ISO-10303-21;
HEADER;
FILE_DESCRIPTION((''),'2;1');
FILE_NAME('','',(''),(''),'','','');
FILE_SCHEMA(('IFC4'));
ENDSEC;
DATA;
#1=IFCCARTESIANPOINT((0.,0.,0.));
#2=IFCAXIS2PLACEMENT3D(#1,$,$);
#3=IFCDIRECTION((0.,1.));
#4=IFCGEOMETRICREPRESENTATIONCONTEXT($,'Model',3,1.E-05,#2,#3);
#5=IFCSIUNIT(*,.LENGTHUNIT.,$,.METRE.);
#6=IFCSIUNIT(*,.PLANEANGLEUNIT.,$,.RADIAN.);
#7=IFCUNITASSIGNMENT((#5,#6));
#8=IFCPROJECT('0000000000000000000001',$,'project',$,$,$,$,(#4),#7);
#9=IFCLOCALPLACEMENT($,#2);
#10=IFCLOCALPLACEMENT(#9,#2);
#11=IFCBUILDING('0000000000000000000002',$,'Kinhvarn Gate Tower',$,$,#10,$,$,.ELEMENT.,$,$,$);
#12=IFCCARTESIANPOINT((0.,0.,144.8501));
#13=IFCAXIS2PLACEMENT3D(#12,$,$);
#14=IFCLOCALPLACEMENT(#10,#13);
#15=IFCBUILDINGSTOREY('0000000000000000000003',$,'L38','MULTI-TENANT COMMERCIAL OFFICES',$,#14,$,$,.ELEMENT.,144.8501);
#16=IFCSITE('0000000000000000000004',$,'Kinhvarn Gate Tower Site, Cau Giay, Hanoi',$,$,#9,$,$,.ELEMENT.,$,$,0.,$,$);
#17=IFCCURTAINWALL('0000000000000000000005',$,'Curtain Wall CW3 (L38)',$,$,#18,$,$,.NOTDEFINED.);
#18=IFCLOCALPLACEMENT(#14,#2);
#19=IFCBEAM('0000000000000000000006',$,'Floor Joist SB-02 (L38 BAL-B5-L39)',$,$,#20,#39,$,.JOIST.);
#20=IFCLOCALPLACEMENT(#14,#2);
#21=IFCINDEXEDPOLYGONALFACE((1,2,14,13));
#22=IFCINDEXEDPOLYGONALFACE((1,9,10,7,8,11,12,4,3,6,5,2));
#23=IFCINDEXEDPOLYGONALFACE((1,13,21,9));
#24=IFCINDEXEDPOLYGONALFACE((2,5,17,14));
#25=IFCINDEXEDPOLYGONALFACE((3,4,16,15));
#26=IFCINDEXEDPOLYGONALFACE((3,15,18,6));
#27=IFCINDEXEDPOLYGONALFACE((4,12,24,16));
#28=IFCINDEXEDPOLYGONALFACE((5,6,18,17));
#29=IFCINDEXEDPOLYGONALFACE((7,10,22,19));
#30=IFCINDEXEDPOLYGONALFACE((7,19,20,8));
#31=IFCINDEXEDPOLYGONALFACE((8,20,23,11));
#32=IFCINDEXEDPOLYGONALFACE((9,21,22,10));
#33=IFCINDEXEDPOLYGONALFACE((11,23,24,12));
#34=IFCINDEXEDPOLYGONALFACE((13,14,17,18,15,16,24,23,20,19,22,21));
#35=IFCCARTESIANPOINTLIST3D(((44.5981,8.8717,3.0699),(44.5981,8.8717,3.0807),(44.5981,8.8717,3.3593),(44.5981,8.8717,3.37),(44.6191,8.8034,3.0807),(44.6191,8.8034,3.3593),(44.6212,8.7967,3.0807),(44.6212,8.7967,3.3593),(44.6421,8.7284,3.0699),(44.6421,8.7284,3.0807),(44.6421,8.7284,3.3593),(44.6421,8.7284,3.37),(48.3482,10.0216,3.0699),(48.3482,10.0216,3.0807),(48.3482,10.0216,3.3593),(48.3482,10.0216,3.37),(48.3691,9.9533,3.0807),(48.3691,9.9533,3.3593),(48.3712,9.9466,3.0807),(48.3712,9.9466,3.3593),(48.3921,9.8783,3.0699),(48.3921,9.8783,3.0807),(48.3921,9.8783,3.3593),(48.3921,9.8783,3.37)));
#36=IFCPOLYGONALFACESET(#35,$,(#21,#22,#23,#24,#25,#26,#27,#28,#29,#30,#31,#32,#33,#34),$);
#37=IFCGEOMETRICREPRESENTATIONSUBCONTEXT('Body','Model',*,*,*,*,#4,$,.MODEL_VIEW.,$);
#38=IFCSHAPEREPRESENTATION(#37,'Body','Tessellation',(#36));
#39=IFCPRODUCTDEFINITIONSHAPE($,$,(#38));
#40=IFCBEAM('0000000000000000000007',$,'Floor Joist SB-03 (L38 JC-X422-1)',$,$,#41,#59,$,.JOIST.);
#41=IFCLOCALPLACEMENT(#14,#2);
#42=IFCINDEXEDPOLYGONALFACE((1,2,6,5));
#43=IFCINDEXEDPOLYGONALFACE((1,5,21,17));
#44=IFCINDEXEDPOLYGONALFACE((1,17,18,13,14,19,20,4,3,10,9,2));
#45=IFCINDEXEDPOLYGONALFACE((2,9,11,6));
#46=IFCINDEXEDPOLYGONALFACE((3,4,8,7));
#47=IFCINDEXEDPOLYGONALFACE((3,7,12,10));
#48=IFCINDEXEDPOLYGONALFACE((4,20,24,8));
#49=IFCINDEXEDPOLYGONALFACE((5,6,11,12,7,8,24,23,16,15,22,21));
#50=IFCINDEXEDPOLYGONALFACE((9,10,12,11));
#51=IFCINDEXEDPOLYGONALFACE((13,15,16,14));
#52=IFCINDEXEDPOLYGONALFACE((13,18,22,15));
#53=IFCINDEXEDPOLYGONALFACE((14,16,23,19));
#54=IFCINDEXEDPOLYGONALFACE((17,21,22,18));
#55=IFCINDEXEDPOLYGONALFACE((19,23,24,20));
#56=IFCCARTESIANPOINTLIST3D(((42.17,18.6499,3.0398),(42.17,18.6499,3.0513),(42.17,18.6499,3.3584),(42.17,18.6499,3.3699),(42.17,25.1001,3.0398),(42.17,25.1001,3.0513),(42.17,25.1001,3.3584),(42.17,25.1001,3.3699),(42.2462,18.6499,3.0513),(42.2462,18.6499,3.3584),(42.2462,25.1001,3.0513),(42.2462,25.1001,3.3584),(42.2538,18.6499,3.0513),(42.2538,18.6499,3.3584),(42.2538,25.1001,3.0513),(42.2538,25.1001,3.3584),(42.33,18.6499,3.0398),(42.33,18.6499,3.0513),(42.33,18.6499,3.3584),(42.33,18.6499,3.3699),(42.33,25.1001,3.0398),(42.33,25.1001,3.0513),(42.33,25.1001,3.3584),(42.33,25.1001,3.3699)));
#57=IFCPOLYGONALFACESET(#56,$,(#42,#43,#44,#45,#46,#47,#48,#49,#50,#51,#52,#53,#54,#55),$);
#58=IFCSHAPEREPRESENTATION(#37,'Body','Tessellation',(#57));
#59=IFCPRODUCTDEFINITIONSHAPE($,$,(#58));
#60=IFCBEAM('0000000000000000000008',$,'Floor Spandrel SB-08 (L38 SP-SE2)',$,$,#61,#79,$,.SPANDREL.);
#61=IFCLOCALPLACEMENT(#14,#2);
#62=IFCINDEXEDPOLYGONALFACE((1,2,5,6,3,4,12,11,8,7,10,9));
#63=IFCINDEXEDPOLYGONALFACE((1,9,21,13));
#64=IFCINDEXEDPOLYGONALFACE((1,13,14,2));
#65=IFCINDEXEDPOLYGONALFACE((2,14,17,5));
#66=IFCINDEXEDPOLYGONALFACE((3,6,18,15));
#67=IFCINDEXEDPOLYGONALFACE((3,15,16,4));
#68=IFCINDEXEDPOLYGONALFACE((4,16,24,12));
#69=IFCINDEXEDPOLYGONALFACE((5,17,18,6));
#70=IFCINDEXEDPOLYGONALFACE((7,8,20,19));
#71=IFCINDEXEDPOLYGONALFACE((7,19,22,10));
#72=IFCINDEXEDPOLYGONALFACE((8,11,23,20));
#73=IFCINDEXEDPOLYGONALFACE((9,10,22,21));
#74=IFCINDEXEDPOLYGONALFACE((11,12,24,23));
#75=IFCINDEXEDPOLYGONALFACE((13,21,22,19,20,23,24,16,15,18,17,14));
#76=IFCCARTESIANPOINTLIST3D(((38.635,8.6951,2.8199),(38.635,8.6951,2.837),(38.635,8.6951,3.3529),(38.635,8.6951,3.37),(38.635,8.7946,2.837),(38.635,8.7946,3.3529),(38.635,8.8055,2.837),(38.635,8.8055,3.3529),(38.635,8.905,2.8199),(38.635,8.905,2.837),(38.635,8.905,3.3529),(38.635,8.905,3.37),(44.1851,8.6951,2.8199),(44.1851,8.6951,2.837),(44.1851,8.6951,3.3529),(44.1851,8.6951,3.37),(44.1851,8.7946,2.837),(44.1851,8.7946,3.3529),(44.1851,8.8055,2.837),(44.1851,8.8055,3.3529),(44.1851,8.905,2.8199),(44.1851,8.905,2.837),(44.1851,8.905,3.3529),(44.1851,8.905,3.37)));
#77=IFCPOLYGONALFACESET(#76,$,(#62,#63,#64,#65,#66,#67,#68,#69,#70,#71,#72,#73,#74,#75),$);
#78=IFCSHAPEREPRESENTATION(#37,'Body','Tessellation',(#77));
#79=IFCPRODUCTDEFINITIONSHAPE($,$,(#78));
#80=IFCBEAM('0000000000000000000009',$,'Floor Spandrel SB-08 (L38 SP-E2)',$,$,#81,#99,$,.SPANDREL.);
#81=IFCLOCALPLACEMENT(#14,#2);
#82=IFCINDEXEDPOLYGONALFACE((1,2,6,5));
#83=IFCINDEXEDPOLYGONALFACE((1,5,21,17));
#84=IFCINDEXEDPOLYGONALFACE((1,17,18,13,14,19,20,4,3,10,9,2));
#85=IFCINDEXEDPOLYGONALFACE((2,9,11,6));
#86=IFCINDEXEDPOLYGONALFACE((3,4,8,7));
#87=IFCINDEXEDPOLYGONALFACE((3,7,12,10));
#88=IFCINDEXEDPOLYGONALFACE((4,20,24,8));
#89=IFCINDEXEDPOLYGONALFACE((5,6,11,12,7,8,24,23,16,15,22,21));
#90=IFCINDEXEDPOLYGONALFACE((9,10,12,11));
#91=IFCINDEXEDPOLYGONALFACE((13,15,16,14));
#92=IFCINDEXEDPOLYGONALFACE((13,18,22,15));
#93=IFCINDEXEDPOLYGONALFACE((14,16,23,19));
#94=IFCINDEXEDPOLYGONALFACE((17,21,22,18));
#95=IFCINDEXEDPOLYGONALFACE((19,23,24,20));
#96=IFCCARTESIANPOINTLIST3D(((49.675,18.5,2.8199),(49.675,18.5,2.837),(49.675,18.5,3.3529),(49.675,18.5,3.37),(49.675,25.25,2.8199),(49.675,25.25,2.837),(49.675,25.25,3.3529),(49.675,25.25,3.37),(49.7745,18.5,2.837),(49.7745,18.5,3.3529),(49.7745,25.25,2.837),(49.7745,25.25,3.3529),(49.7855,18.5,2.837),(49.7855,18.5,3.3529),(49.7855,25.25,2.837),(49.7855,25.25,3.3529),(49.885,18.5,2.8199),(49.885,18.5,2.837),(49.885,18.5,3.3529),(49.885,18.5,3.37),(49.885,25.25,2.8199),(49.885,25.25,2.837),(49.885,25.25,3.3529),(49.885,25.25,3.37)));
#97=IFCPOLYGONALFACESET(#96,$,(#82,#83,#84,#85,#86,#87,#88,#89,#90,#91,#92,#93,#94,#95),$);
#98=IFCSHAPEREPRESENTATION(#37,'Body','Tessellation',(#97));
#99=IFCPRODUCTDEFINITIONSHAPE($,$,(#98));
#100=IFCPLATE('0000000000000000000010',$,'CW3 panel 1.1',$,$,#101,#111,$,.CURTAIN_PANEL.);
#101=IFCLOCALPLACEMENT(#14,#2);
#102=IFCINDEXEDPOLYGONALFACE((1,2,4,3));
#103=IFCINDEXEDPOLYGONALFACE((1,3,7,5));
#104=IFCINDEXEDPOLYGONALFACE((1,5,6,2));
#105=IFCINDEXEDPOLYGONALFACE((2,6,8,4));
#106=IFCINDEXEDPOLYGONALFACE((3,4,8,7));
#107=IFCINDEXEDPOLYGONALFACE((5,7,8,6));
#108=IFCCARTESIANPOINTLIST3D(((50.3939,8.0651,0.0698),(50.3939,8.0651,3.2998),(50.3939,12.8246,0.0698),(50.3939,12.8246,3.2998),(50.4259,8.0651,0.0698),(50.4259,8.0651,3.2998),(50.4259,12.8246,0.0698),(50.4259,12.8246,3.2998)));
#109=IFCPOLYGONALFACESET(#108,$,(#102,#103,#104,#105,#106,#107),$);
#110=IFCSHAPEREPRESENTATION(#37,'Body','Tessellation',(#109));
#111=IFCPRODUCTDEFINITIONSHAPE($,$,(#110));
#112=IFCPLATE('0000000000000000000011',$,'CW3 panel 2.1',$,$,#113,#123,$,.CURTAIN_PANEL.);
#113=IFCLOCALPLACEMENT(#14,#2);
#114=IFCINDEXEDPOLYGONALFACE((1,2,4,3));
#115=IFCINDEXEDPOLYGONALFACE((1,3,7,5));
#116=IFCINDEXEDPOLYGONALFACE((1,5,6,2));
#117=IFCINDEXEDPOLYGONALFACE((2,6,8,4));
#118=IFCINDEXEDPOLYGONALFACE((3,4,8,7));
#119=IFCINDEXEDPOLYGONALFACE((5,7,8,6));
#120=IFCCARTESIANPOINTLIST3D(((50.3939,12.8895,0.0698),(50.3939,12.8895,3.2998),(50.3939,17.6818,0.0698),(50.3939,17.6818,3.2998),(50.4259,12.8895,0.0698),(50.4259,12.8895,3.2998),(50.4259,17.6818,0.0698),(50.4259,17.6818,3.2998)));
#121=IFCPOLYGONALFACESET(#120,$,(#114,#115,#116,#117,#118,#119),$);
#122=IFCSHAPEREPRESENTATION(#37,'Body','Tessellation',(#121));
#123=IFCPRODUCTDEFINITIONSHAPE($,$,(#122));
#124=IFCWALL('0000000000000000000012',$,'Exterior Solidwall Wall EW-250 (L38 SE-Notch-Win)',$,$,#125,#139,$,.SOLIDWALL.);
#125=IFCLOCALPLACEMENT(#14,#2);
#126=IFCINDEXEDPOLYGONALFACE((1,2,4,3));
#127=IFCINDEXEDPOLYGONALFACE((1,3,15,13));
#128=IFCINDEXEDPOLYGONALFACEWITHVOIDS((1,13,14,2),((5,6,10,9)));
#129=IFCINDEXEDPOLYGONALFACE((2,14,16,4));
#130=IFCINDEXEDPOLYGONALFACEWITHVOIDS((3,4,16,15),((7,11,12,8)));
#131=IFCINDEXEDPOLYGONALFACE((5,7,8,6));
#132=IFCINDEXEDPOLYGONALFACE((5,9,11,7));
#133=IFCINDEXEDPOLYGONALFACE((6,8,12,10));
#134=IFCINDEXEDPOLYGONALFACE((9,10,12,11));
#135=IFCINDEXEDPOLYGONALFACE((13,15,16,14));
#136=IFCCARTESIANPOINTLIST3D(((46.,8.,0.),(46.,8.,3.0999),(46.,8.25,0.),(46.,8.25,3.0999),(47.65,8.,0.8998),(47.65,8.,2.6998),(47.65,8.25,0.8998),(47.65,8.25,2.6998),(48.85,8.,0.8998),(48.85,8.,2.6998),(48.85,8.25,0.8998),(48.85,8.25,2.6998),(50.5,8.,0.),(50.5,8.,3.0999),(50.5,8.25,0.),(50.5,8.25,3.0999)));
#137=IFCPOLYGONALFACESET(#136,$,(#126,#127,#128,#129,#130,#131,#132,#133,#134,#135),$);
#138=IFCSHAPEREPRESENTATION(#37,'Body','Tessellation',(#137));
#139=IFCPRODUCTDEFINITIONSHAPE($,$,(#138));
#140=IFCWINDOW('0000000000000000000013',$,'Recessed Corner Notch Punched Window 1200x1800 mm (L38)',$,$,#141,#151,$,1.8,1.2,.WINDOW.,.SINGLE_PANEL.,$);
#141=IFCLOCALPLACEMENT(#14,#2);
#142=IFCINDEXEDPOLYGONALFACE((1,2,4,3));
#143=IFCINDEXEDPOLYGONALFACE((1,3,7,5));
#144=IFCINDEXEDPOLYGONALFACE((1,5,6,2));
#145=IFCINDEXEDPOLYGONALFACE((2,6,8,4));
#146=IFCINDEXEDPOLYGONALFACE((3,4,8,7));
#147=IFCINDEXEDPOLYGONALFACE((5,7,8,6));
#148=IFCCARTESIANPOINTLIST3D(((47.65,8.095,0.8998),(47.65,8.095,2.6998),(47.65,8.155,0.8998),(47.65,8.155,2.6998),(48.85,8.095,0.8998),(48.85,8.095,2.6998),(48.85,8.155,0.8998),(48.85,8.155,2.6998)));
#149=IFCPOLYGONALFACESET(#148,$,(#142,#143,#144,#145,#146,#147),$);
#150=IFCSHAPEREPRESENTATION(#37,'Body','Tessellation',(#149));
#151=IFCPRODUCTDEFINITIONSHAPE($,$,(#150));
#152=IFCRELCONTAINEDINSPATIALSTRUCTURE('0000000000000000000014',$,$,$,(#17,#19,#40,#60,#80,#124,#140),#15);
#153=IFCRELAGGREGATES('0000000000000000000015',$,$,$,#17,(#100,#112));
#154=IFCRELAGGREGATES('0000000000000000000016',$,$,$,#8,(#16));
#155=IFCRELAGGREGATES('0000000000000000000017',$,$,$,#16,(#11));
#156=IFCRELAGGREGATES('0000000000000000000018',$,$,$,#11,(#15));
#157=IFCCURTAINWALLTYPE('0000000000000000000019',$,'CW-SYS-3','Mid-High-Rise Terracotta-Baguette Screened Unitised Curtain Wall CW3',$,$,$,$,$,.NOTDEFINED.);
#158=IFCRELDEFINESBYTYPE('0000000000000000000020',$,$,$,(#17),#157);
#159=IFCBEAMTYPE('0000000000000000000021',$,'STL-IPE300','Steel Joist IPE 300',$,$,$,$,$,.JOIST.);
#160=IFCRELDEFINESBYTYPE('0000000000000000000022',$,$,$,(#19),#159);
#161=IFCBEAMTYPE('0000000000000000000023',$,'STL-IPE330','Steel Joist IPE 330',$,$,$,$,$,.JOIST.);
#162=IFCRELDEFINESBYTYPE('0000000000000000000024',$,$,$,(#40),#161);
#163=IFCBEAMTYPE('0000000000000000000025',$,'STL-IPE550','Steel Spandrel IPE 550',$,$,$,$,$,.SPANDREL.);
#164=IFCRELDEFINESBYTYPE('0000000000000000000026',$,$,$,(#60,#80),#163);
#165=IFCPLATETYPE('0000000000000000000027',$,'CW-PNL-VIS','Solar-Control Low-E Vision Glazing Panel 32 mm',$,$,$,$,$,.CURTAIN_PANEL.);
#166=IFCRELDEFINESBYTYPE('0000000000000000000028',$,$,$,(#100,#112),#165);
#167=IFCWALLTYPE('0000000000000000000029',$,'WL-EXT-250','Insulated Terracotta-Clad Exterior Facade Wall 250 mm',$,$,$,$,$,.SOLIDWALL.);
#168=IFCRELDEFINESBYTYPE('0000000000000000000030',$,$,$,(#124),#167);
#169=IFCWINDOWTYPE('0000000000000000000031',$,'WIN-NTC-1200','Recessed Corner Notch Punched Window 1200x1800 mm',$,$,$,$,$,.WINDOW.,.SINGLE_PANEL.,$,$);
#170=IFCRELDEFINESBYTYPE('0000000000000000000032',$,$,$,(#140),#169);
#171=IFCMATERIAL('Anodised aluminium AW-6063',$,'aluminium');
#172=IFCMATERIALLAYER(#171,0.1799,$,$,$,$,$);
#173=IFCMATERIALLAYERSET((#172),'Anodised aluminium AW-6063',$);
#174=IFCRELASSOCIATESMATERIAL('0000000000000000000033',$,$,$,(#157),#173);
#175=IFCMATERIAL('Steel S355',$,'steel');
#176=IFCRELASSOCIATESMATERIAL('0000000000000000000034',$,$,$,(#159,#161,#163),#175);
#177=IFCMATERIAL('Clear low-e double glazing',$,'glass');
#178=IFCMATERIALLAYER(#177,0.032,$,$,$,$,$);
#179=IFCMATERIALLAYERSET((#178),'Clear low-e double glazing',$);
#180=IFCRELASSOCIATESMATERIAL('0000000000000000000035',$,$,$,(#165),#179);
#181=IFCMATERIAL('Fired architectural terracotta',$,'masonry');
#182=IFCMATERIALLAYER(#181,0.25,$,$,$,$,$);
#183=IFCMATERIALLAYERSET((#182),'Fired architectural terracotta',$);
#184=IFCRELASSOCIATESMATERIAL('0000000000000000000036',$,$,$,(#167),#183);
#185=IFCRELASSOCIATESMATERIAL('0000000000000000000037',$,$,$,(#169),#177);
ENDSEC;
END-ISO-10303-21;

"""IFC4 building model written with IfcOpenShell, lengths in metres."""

from ifc_helpers import new_model, si_unit, direction, frame, frame_2d, origin, origin_2d, place, context, subcontext, project, spatial, rectangle, i_section, extrude, material, layer, layer_set, material_profile, profile_set, type_object, element, fill, aggregate, save


model = new_model("IFC4")

# Units and contexts
model_context = context("Model", 3, precision=1e-05, world=origin(), true_north=direction((0.0, 1.0)))
body_context = subcontext(model_context, "Body", "Model", "MODEL_VIEW")
ifc_project = project(units=[si_unit("LENGTHUNIT", "METRE"), si_unit("PLANEANGLEUNIT", "RADIAN")], contexts=[model_context])

# Site, building, storey
site_placement = place(None, origin())
site = spatial("IfcSite", under=ifc_project, at=site_placement, Name="Kinhvarn Gate Tower Site, Cau Giay, Hanoi", CompositionType="ELEMENT", RefElevation=0.0)
building_placement = place(site_placement, origin())
building = spatial("IfcBuilding", under=site, at=building_placement, Name="Kinhvarn Gate Tower", CompositionType="ELEMENT")
storey_placement = place(building_placement, frame((0.0, 0.0, 144.8501)))
storey = spatial("IfcBuildingStorey", under=building, at=storey_placement, Name="L38", Description="MULTI-TENANT COMMERCIAL OFFICES", CompositionType="ELEMENT", Elevation=144.8501)

# Curtain wall
ifc_material_1 = material(Name="Anodised aluminium AW-6063", Category="aluminium")
ifc_layer_1 = layer(ifc_material_1, 0.1799)
ifc_layer_set_1 = layer_set([ifc_layer_1], Name="Anodised aluminium AW-6063")
curtain_wall_type = type_object("IfcCurtainWallType", Name="CW-SYS-3", Description="Mid-High-Rise Terracotta-Baguette Screened Unitised Curtain Wall CW3", PredefinedType="NOTDEFINED", material=ifc_layer_set_1)
curtain_wall_placement = place(storey_placement, origin())
curtain_wall = element("IfcCurtainWall", 1, at=curtain_wall_placement, inside=storey, type_object=curtain_wall_type, Name="Curtain Wall CW3 (L38)", PredefinedType="NOTDEFINED")

# Beams
ifc_material_2 = material(Name="Steel S355", Category="steel")
ifc_material_profile_1 = material_profile(ifc_material_2, i_section(OverallWidth=0.1499, OverallDepth=0.3, WebThickness=0.0071, FlangeThickness=0.0107, at=origin_2d()), Name="IPE 300")
ifc_profile_set_1 = profile_set([ifc_material_profile_1], Name="Steel S355")
beam_type_1 = type_object("IfcBeamType", Name="STL-IPE300", Description="Steel Joist IPE 300", PredefinedType="JOIST", material=ifc_profile_set_1)
beam_1_placement = place(storey_placement, frame((44.6201, 8.8, 3.22), z_axis=(0.956061, 0.293167, 0.0), x_axis=(-0.293167, 0.956061, 0.0)))
element("IfcBeam", 2, at=beam_1_placement, inside=storey, type_object=beam_type_1, Name="Floor Joist SB-02 (L38 BAL-B5-L39)", PredefinedType="JOIST", context=body_context, shape_type="SweptSolid", body=[
    extrude(i_section(OverallWidth=0.1499, OverallDepth=0.3, WebThickness=0.0071, FlangeThickness=0.0107, at=origin_2d()), origin(), (0.0, 0.0, 1.0), 3.9224),
])
ifc_material_profile_2 = material_profile(ifc_material_2, i_section(OverallWidth=0.1599, OverallDepth=0.3301, WebThickness=0.0076, FlangeThickness=0.0115, at=origin_2d()), Name="IPE 330")
ifc_profile_set_2 = profile_set([ifc_material_profile_2], Name="Steel S355")
beam_type_2 = type_object("IfcBeamType", Name="STL-IPE330", Description="Steel Joist IPE 330", PredefinedType="JOIST", material=ifc_profile_set_2)
beam_2_placement = place(storey_placement, frame((42.25, 18.6499, 3.2048), z_axis=(0.0, 1.0, 0.0), x_axis=(-1.0, 0.0, 0.0)))
element("IfcBeam", 3, at=beam_2_placement, inside=storey, type_object=beam_type_2, Name="Floor Joist SB-03 (L38 JC-X422-1)", PredefinedType="JOIST", context=body_context, shape_type="SweptSolid", body=[
    extrude(i_section(OverallWidth=0.1599, OverallDepth=0.3301, WebThickness=0.0076, FlangeThickness=0.0115, at=origin_2d()), origin(), (0.0, 0.0, 1.0), 6.4502),
])
ifc_material_profile_3 = material_profile(ifc_material_2, i_section(OverallWidth=0.21, OverallDepth=0.55, WebThickness=0.011, FlangeThickness=0.0171, at=origin_2d()), Name="IPE 550")
ifc_profile_set_3 = profile_set([ifc_material_profile_3], Name="Steel S355")
beam_type_3 = type_object("IfcBeamType", Name="STL-IPE550", Description="Steel Spandrel IPE 550", PredefinedType="SPANDREL", material=ifc_profile_set_3)
beam_3_placement = place(storey_placement, frame((38.635, 8.8, 3.095), z_axis=(1.0, 0.0, 0.0), x_axis=(0.0, 1.0, 0.0)))
element("IfcBeam", 4, at=beam_3_placement, inside=storey, type_object=beam_type_3, Name="Floor Spandrel SB-08 (L38 SP-SE2)", PredefinedType="SPANDREL", context=body_context, shape_type="SweptSolid", body=[
    extrude(i_section(OverallWidth=0.21, OverallDepth=0.55, WebThickness=0.011, FlangeThickness=0.0171, at=origin_2d()), origin(), (0.0, 0.0, 1.0), 5.55),
])
beam_4_placement = place(storey_placement, frame((49.78, 18.5, 3.095), z_axis=(0.0, 1.0, 0.0), x_axis=(-1.0, 0.0, 0.0)))
element("IfcBeam", 5, at=beam_4_placement, inside=storey, type_object=beam_type_3, Name="Floor Spandrel SB-08 (L38 SP-E2)", PredefinedType="SPANDREL", context=body_context, shape_type="SweptSolid", body=[
    extrude(i_section(OverallWidth=0.21, OverallDepth=0.55, WebThickness=0.011, FlangeThickness=0.0171, at=origin_2d()), origin(), (0.0, 0.0, 1.0), 6.75),
])

# Plates
ifc_material_3 = material(Name="Clear low-e double glazing", Category="glass")
ifc_layer_2 = layer(ifc_material_3, 0.032)
ifc_layer_set_2 = layer_set([ifc_layer_2], Name="Clear low-e double glazing")
plate_type = type_object("IfcPlateType", Name="CW-PNL-VIS", Description="Solar-Control Low-E Vision Glazing Panel 32 mm", PredefinedType="CURTAIN_PANEL", material=ifc_layer_set_2)
plate_1_placement = place(storey_placement, frame((50.4099, 10.4448, 0.0698), z_axis=(0.0, 0.0, 1.0), x_axis=(0.0, 1.0, 0.0)))
plate_1 = element("IfcPlate", 6, at=plate_1_placement, type_object=plate_type, Name="CW3 panel 1.1", PredefinedType="CURTAIN_PANEL", context=body_context, shape_type="SweptSolid", body=[
    extrude(rectangle(XDim=4.7595, YDim=0.032, at=origin_2d()), origin(), (0.0, 0.0, 1.0), 3.23),
])
plate_2_placement = place(storey_placement, frame((50.4099, 15.2856, 0.0698), z_axis=(0.0, 0.0, 1.0), x_axis=(0.0, 1.0, 0.0)))
plate_2 = element("IfcPlate", 7, at=plate_2_placement, type_object=plate_type, Name="CW3 panel 2.1", PredefinedType="CURTAIN_PANEL", context=body_context, shape_type="SweptSolid", body=[
    extrude(rectangle(XDim=4.7922, YDim=0.032, at=origin_2d()), origin(), (0.0, 0.0, 1.0), 3.23),
])
aggregate(curtain_wall, [plate_1, plate_2])

# Wall, opening, window
ifc_material_4 = material(Name="Fired architectural terracotta", Category="masonry")
ifc_layer_3 = layer(ifc_material_4, 0.25)
ifc_layer_set_3 = layer_set([ifc_layer_3], Name="Fired architectural terracotta")
wall_type = type_object("IfcWallType", Name="WL-EXT-250", Description="Insulated Terracotta-Clad Exterior Facade Wall 250 mm", PredefinedType="SOLIDWALL", material=ifc_layer_set_3)
wall_placement = place(storey_placement, frame((46.0, 8.125, 0.0), z_axis=(0.0, 0.0, 1.0), x_axis=(1.0, 0.0, 0.0)))
wall = element("IfcWall", 8, at=wall_placement, inside=storey, type_object=wall_type, Name="Exterior Solidwall Wall EW-250 (L38 SE-Notch-Win)", PredefinedType="SOLIDWALL", context=body_context, shape_type="SweptSolid", body=[
    extrude(rectangle(XDim=4.5, YDim=0.25, at=frame_2d((2.25, 0.0))), origin(), (0.0, 0.0, 1.0), 3.0999),
])
opening_placement = place(wall_placement, frame((1.6499, 0.0, 0.8999)))
opening = element("IfcOpeningElement", 9, at=opening_placement, cuts=wall, PredefinedType="OPENING", context=body_context, shape_type="SweptSolid", body=[
    extrude(rectangle(XDim=1.2, YDim=1.8, at=frame_2d((0.6001, 0.8999))), frame((0.0, 0.135, 0.0), z_axis=(0.0, -1.0, 0.0), x_axis=(1.0, 0.0, 0.0)), (0.0, 0.0, 1.0), 0.27),
])
window_type = type_object("IfcWindowType", Name="WIN-NTC-1200", Description="Recessed Corner Notch Punched Window 1200x1800 mm", PartitioningType="SINGLE_PANEL", PredefinedType="WINDOW", material=ifc_material_3)
window_placement = place(opening_placement, origin())
window = element("IfcWindow", 10, at=window_placement, inside=storey, type_object=window_type, Name="Recessed Corner Notch Punched Window 1200x1800 mm (L38)", OverallHeight=1.8, OverallWidth=1.2, PartitioningType="SINGLE_PANEL", PredefinedType="WINDOW", context=body_context, shape_type="SweptSolid", body=[
    extrude(rectangle(XDim=1.2, YDim=1.8, at=frame_2d((0.6001, 0.8999))), frame((0.0, 0.03, 0.0), z_axis=(0.0, -1.0, 0.0), x_axis=(1.0, 0.0, 0.0)), (0.0, 0.0, 1.0), 0.0601),
])
fill(opening, window)

save(model, "model.ifc")
